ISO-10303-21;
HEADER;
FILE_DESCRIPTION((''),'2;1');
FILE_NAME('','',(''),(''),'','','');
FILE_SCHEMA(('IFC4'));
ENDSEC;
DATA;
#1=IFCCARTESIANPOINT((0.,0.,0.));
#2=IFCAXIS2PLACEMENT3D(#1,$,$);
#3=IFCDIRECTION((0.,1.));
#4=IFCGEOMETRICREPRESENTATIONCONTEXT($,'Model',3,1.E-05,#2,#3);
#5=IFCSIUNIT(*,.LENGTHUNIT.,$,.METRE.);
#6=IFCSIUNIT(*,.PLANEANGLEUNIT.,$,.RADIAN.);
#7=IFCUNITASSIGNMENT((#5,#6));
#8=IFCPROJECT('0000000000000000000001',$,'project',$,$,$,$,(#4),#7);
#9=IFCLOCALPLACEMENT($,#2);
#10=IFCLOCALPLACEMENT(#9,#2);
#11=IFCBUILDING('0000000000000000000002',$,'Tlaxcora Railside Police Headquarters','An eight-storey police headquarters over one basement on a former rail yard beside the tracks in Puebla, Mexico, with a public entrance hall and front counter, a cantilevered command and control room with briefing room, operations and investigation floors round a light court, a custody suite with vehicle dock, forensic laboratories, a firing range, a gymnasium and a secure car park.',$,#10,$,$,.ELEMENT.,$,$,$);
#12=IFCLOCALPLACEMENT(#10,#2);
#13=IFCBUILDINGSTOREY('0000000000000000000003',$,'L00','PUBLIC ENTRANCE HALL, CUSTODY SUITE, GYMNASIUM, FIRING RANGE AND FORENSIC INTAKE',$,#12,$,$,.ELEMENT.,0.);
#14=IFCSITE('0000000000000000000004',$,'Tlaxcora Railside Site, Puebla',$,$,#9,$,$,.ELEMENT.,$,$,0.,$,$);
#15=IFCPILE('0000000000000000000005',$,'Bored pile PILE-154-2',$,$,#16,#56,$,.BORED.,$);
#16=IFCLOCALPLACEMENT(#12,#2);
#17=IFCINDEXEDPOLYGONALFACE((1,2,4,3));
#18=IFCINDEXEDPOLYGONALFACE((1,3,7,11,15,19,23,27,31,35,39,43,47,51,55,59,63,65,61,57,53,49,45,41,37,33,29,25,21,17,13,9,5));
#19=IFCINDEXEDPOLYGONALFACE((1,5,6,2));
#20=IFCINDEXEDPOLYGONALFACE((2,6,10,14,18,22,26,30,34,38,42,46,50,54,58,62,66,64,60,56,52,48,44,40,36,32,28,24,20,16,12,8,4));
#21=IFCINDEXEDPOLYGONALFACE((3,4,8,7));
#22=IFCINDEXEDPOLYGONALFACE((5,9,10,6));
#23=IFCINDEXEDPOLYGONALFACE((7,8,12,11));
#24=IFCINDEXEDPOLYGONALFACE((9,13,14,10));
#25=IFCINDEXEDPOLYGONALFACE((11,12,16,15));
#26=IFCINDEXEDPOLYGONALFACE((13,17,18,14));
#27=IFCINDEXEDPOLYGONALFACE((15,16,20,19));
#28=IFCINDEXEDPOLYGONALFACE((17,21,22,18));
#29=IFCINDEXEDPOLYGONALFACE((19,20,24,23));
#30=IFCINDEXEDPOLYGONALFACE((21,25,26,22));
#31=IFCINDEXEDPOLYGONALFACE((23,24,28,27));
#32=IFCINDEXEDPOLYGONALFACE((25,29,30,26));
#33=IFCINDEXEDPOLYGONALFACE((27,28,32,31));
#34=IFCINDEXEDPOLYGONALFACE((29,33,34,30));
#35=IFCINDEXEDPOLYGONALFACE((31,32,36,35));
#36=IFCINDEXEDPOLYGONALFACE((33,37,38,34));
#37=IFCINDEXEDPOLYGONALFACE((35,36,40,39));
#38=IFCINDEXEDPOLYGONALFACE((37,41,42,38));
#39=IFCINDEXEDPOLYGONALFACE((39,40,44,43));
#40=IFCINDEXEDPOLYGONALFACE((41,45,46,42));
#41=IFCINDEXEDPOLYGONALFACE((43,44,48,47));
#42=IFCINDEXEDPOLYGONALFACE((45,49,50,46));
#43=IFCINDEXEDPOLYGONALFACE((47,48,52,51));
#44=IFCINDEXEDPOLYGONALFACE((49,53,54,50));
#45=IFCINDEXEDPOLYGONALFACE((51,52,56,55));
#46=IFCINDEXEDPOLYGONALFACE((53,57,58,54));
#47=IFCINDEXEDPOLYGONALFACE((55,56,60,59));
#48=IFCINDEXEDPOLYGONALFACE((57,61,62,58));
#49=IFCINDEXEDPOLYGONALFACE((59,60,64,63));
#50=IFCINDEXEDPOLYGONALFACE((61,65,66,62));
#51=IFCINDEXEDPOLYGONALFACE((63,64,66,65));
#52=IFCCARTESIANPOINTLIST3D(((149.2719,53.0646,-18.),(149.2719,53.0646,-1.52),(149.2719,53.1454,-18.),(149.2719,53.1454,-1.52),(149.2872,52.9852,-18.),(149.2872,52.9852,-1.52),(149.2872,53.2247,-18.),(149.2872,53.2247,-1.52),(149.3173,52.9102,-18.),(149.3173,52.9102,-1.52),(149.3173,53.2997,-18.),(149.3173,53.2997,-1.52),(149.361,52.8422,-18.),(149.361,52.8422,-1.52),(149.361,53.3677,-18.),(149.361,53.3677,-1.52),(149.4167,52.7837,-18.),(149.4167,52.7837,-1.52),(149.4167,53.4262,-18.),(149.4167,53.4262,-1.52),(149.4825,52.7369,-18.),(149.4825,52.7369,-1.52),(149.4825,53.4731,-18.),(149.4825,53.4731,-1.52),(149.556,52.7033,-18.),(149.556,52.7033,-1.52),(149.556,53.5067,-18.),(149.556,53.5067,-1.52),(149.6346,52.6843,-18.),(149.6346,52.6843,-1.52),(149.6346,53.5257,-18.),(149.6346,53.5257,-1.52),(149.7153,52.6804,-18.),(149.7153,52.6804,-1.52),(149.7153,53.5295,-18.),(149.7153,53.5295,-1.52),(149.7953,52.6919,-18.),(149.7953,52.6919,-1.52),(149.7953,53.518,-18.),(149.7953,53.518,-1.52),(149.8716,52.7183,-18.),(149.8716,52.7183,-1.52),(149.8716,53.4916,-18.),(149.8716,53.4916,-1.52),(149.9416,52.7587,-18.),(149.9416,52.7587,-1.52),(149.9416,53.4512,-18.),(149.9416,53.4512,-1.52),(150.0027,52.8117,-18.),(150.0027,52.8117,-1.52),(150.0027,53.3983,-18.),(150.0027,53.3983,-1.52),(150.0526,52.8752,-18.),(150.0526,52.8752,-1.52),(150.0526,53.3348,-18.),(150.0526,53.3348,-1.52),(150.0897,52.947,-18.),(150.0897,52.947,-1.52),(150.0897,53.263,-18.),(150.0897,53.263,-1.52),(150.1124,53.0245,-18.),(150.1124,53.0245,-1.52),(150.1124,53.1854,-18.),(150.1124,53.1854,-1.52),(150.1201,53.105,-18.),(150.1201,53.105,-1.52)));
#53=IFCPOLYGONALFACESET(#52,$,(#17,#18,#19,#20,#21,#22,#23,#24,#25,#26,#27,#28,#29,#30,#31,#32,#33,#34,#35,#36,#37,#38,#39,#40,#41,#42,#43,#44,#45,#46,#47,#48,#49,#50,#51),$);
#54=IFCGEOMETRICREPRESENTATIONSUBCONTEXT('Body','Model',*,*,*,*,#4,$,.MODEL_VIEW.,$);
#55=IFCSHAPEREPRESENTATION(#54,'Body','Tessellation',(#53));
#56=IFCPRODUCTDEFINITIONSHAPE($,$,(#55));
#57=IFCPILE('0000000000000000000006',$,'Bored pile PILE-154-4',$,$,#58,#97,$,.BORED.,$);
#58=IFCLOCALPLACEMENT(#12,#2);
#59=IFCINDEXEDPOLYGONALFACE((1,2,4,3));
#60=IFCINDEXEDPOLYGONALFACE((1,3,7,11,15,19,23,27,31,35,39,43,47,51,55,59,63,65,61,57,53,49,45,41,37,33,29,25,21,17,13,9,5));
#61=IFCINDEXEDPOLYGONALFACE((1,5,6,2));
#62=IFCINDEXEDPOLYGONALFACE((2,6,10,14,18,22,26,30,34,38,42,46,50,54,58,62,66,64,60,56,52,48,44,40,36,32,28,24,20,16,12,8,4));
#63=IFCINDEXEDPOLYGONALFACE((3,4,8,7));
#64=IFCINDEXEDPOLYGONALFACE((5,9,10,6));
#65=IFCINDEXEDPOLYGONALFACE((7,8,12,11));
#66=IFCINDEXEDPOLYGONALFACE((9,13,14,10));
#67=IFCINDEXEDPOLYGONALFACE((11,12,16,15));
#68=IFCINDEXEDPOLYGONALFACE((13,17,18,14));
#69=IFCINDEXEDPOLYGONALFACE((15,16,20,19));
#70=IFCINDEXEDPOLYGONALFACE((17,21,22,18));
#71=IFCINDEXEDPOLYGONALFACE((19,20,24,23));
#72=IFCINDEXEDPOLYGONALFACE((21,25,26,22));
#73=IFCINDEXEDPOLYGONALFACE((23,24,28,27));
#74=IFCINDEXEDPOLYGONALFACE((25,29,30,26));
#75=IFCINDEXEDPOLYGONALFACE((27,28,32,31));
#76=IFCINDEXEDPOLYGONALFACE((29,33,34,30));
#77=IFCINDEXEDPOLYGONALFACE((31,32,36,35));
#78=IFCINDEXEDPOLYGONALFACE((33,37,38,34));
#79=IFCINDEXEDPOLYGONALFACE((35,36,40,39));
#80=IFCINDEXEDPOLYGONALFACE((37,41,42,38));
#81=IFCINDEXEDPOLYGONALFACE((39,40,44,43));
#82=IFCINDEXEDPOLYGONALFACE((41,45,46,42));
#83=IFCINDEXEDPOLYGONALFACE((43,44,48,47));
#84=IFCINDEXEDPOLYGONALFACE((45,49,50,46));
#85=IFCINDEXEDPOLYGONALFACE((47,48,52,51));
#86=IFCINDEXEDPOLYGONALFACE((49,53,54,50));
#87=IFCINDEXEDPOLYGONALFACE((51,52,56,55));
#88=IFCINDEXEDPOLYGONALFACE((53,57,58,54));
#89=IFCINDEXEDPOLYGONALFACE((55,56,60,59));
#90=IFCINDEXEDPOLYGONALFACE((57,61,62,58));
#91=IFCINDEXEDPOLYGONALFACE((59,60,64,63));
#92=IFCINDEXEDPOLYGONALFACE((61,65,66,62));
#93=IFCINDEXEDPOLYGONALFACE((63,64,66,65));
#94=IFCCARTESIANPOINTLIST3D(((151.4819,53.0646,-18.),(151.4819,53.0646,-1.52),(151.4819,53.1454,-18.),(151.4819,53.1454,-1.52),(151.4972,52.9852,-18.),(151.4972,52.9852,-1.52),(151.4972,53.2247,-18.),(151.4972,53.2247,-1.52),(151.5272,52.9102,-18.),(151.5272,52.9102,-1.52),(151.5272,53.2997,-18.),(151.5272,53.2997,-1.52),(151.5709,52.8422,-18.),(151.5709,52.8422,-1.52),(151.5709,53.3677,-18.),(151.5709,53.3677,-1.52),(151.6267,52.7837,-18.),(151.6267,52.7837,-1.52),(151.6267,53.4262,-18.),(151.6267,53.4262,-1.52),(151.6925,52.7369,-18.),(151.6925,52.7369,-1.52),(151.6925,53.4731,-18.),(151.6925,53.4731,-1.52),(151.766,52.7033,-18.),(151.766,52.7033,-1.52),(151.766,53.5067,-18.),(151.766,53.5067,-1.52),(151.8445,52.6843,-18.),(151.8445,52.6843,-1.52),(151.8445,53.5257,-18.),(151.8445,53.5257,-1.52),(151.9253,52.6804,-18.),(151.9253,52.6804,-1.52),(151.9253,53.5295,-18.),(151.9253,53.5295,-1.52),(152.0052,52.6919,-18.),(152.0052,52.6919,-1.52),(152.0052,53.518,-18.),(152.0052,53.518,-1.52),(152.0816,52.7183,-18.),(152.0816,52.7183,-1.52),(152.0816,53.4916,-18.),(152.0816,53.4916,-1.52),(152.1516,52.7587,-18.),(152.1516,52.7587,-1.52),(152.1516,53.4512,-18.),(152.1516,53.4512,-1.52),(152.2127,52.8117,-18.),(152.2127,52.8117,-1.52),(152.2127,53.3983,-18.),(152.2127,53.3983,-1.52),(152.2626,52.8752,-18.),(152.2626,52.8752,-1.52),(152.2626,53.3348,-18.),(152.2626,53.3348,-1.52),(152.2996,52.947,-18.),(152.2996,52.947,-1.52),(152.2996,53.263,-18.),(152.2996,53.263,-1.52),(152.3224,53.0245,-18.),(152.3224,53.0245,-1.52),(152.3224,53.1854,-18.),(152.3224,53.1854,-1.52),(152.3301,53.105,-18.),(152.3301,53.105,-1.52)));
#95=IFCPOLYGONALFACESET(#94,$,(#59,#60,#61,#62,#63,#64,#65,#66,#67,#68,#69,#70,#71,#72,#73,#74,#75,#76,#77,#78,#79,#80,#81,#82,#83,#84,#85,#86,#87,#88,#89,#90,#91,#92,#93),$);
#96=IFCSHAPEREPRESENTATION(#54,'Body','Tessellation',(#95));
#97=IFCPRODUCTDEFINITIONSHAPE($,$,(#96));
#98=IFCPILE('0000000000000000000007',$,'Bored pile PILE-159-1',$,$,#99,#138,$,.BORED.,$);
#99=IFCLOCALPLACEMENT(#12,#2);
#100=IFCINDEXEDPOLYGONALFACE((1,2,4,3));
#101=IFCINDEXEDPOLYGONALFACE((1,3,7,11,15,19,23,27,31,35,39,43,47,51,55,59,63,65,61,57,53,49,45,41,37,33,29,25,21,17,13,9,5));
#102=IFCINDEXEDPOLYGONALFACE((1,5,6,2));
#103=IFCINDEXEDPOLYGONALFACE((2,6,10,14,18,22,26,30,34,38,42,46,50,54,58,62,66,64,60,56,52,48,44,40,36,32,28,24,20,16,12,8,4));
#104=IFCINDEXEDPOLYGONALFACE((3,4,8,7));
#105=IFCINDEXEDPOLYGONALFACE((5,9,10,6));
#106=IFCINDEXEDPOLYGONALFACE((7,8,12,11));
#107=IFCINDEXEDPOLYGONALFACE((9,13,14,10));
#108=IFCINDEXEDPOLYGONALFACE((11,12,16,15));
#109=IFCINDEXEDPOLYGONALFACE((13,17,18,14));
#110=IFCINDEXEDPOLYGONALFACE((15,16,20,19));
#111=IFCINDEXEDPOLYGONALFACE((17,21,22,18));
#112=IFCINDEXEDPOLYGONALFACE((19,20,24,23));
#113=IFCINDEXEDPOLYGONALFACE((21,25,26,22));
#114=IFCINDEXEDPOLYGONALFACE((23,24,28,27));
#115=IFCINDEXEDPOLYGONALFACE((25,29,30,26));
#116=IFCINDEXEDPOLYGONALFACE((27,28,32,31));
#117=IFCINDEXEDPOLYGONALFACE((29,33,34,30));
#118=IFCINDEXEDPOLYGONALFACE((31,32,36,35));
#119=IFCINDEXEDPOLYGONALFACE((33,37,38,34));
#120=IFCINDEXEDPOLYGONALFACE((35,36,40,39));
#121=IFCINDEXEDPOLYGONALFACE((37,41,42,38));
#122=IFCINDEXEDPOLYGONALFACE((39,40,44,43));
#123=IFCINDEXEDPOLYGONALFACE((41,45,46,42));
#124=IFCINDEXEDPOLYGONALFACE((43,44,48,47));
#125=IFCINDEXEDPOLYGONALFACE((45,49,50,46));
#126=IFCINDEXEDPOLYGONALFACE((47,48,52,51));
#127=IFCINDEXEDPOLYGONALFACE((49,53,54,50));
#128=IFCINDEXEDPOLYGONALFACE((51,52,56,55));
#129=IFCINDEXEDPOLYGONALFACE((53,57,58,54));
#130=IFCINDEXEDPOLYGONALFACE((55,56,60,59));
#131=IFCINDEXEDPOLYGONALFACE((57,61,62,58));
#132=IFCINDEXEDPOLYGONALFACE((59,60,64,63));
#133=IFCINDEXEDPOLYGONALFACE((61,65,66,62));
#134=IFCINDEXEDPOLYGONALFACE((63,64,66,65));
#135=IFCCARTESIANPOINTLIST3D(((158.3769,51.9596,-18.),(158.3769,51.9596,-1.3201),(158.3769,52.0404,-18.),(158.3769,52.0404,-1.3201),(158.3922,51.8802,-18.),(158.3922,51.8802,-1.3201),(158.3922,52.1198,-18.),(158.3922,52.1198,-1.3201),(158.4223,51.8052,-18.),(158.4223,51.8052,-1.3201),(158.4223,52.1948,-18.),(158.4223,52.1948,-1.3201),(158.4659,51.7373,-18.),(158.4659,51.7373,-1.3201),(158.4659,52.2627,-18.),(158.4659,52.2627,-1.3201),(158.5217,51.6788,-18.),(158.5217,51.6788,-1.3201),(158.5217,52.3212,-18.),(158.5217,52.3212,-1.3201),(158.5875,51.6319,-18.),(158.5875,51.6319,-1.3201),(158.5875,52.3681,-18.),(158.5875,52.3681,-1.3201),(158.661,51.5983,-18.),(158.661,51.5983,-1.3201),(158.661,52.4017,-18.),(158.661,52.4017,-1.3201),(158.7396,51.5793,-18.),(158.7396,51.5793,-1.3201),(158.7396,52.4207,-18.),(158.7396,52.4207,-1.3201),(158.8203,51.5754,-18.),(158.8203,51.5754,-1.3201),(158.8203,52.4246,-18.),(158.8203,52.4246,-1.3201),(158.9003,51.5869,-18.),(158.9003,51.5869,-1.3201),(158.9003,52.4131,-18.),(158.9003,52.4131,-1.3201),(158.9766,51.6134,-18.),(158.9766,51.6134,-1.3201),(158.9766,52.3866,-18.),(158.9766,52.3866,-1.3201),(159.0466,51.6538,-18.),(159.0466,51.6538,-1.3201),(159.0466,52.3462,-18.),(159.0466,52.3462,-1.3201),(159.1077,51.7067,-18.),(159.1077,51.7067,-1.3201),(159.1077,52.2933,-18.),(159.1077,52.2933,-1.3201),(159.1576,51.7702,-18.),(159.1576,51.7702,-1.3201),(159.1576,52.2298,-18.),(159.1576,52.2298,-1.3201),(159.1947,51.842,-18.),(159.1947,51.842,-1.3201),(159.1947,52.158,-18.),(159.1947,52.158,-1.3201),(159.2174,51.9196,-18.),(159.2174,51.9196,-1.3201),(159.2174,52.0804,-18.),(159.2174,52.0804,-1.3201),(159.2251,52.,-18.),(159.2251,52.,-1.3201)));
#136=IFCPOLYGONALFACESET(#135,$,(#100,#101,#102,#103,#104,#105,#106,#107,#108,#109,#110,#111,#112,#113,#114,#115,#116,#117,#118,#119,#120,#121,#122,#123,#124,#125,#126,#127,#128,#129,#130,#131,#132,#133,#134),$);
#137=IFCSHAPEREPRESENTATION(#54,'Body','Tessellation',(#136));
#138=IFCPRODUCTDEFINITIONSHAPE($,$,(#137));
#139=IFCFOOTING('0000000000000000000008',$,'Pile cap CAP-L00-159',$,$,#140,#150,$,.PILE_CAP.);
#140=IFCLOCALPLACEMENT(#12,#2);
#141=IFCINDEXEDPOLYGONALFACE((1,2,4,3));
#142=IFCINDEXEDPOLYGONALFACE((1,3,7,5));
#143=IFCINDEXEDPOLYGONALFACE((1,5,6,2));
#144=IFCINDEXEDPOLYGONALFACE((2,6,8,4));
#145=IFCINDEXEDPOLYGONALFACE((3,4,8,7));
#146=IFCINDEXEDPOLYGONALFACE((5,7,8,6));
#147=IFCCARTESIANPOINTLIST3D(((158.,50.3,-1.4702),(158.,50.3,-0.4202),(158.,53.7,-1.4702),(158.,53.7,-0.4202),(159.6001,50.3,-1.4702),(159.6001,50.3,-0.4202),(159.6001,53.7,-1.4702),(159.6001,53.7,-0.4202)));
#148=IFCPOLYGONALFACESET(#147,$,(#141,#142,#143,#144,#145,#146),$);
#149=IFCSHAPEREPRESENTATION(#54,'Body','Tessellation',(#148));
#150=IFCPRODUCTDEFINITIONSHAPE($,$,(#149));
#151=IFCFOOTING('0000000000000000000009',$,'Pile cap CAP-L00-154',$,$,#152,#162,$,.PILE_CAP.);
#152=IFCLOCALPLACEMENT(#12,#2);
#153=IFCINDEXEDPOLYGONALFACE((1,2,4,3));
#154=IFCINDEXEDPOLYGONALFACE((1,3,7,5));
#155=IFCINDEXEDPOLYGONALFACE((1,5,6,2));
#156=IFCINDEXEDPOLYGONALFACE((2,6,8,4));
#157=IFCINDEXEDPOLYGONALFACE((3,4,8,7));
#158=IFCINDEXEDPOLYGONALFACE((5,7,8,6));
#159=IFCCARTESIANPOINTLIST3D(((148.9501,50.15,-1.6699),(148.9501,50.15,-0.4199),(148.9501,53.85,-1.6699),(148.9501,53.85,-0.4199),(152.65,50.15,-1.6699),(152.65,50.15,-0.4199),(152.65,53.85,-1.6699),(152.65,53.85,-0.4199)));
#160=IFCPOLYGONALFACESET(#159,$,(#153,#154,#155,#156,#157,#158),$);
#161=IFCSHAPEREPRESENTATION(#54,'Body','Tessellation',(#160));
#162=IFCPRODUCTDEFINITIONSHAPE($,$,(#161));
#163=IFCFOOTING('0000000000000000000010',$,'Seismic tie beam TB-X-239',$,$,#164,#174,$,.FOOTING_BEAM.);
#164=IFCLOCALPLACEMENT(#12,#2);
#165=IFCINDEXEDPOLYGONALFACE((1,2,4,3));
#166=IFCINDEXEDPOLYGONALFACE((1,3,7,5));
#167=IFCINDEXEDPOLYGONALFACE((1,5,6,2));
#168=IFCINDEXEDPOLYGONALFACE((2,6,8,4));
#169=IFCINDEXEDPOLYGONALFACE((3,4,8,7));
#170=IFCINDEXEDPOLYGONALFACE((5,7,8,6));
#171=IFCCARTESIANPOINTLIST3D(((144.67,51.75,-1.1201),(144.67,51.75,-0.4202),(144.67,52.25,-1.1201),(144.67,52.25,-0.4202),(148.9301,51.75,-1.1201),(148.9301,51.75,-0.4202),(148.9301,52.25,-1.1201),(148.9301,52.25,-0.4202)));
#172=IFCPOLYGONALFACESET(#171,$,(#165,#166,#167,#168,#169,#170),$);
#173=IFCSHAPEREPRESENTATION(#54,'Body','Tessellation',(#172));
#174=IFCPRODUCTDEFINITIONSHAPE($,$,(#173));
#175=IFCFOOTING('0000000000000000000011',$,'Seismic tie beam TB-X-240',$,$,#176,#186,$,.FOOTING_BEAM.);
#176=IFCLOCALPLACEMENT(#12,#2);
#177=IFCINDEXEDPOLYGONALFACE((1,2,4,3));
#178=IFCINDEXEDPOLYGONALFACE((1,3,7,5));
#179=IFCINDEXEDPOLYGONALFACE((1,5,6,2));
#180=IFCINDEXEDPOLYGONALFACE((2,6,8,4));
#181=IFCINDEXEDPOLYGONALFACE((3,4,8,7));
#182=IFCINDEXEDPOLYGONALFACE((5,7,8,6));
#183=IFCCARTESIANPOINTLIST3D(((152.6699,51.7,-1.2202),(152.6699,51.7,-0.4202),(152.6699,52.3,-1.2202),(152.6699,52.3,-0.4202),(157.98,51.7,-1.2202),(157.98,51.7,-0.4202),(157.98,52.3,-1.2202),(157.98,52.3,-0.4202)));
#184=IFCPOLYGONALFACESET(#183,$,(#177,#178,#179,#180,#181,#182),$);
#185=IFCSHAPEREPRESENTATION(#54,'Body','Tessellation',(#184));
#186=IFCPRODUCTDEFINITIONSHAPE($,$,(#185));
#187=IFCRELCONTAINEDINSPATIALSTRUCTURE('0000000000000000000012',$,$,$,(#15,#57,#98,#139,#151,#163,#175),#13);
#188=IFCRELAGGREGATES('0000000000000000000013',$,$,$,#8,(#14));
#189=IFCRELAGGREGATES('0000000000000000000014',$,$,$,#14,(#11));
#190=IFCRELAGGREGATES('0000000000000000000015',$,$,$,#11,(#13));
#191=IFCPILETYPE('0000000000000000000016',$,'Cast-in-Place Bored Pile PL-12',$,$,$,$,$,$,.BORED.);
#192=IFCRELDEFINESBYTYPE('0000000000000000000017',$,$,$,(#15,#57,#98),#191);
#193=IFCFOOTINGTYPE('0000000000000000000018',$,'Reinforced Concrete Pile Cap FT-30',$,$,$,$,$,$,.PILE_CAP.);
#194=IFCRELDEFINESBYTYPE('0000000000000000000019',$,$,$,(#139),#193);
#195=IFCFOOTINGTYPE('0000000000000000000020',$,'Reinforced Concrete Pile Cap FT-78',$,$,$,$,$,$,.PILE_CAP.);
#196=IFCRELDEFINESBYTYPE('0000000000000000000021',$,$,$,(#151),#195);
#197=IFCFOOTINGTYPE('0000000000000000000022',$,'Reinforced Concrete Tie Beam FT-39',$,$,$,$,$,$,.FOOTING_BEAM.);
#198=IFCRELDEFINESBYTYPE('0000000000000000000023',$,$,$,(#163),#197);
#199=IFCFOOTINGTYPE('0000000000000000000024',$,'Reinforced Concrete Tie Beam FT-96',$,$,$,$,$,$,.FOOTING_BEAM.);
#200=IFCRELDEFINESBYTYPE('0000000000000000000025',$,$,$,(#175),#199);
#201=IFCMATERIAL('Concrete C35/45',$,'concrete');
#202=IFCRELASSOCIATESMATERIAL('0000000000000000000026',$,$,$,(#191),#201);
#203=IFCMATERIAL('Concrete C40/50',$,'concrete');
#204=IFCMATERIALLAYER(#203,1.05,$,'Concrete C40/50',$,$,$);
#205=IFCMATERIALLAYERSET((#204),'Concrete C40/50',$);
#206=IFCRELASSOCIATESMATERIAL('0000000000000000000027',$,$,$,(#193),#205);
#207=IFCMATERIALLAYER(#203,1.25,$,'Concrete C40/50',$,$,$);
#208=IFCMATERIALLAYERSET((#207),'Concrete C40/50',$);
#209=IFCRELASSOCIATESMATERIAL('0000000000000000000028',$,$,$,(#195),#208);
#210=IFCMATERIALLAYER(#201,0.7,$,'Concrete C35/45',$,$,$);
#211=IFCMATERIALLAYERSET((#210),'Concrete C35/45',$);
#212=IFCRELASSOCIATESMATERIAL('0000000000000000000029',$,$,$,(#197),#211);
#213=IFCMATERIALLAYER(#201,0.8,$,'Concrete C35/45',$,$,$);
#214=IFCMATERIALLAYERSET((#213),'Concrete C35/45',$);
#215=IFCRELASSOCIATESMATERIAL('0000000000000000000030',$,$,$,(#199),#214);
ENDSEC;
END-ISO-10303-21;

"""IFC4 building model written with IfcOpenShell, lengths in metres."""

from ifc_helpers import new_model, si_unit, direction, frame, origin, origin_2d, place, context, subcontext, project, spatial, rectangle, circle, extrude, material, layer, layer_set, material_profile, profile_set, type_object, element, save


model = new_model("IFC4")

# Units and contexts
model_context = context("Model", 3, precision=1e-05, world=origin(), true_north=direction((0.0, 1.0)))
body_context = subcontext(model_context, "Body", "Model", "MODEL_VIEW")
ifc_project = project(units=[si_unit("LENGTHUNIT", "METRE"), si_unit("PLANEANGLEUNIT", "RADIAN")], contexts=[model_context])

# Site, building, storey
site_placement = place(None, origin())
site = spatial("IfcSite", under=ifc_project, at=site_placement, Name="Tlaxcora Railside Site, Puebla", CompositionType="ELEMENT", RefElevation=0.0)
building_placement = place(site_placement, origin())
building = spatial("IfcBuilding", under=site, at=building_placement, Name="Tlaxcora Railside Police Headquarters", Description="An eight-storey police headquarters over one basement on a former rail yard beside the tracks in Puebla, Mexico, with a public entrance hall and front counter, a cantilevered command and control room with briefing room, operations and investigation floors round a light court, a custody suite with vehicle dock, forensic laboratories, a firing range, a gymnasium and a secure car park.", CompositionType="ELEMENT")
storey_placement = place(building_placement, origin())
storey = spatial("IfcBuildingStorey", under=building, at=storey_placement, Name="L00", Description="PUBLIC ENTRANCE HALL, CUSTODY SUITE, GYMNASIUM, FIRING RANGE AND FORENSIC INTAKE", CompositionType="ELEMENT", Elevation=0.0)

# Piles
ifc_material_1 = material(Name="Concrete C35/45", Category="concrete")
ifc_material_profile_1 = material_profile(ifc_material_1, circle(Radius=0.425, at=origin_2d()), Name="PILE850")
ifc_profile_set_1 = profile_set([ifc_material_profile_1], Name="Concrete C35/45")
pile_type = type_object("IfcPileType", Name="Cast-in-Place Bored Pile PL-12", PredefinedType="BORED", material=ifc_profile_set_1)
for number, where, z_axis, x_axis, name in (
    (1, (149.6951, 53.105, -1.52), (0.0, 0.0, -1.0), (1.0, 0.0, 0.0), "Bored pile PILE-154-2"),
    (2, (151.905, 53.105, -1.52), (0.0, 0.0, -1.0), (1.0, 0.0, 0.0), "Bored pile PILE-154-4"),
):
    element("IfcPile", number, at=place(storey_placement, frame(where, z_axis=z_axis, x_axis=x_axis)), inside=storey, type_object=pile_type, Name=name, PredefinedType="BORED", context=body_context, shape_type="SweptSolid", body=[
        extrude(circle(Radius=0.425, at=origin_2d()), origin(), (0.0, 0.0, 1.0), 16.48),
    ])
pile_placement = place(storey_placement, frame((158.8, 52.0, -1.3201), z_axis=(0.0, 0.0, -1.0), x_axis=(1.0, 0.0, 0.0)))
element("IfcPile", 3, at=pile_placement, inside=storey, type_object=pile_type, Name="Bored pile PILE-159-1", PredefinedType="BORED", context=body_context, shape_type="SweptSolid", body=[
    extrude(circle(Radius=0.425, at=origin_2d()), origin(), (0.0, 0.0, 1.0), 16.6799),
])

# Footings
ifc_material_2 = material(Name="Concrete C40/50", Category="concrete")
ifc_layer_1 = layer(ifc_material_2, 1.05, Name="Concrete C40/50")
ifc_layer_set_1 = layer_set([ifc_layer_1], Name="Concrete C40/50")
footing_type_1 = type_object("IfcFootingType", Name="Reinforced Concrete Pile Cap FT-30", PredefinedType="PILE_CAP", material=ifc_layer_set_1)
footing_1_placement = place(storey_placement, frame((158.8, 52.0, -1.4702), z_axis=(0.0, 0.0, 1.0), x_axis=(1.0, 0.0, 0.0)))
element("IfcFooting", 4, at=footing_1_placement, inside=storey, type_object=footing_type_1, Name="Pile cap CAP-L00-159", PredefinedType="PILE_CAP", context=body_context, shape_type="SweptSolid", body=[
    extrude(rectangle(XDim=1.6001, YDim=3.3999, at=origin_2d()), origin(), (0.0, 0.0, 1.0), 1.05),
])
ifc_layer_2 = layer(ifc_material_2, 1.25, Name="Concrete C40/50")
ifc_layer_set_2 = layer_set([ifc_layer_2], Name="Concrete C40/50")
footing_type_2 = type_object("IfcFootingType", Name="Reinforced Concrete Pile Cap FT-78", PredefinedType="PILE_CAP", material=ifc_layer_set_2)
footing_2_placement = place(storey_placement, frame((150.8, 52.0, -1.6699), z_axis=(0.0, 0.0, 1.0), x_axis=(1.0, 0.0, 0.0)))
element("IfcFooting", 5, at=footing_2_placement, inside=storey, type_object=footing_type_2, Name="Pile cap CAP-L00-154", PredefinedType="PILE_CAP", context=body_context, shape_type="SweptSolid", body=[
    extrude(rectangle(XDim=3.7, YDim=3.7, at=origin_2d()), origin(), (0.0, 0.0, 1.0), 1.25),
])
ifc_layer_3 = layer(ifc_material_1, 0.7, Name="Concrete C35/45")
ifc_layer_set_3 = layer_set([ifc_layer_3], Name="Concrete C35/45")
footing_type_3 = type_object("IfcFootingType", Name="Reinforced Concrete Tie Beam FT-39", PredefinedType="FOOTING_BEAM", material=ifc_layer_set_3)
footing_3_placement = place(storey_placement, frame((146.8, 52.0, -1.1201), z_axis=(0.0, 0.0, 1.0), x_axis=(1.0, 0.0, 0.0)))
element("IfcFooting", 6, at=footing_3_placement, inside=storey, type_object=footing_type_3, Name="Seismic tie beam TB-X-239", PredefinedType="FOOTING_BEAM", context=body_context, shape_type="SweptSolid", body=[
    extrude(rectangle(XDim=4.26, YDim=0.5, at=origin_2d()), origin(), (0.0, 0.0, 1.0), 0.7),
])
ifc_layer_4 = layer(ifc_material_1, 0.8, Name="Concrete C35/45")
ifc_layer_set_4 = layer_set([ifc_layer_4], Name="Concrete C35/45")
footing_type_4 = type_object("IfcFootingType", Name="Reinforced Concrete Tie Beam FT-96", PredefinedType="FOOTING_BEAM", material=ifc_layer_set_4)
footing_4_placement = place(storey_placement, frame((155.325, 52.0, -1.2202), z_axis=(0.0, 0.0, 1.0), x_axis=(1.0, 0.0, 0.0)))
element("IfcFooting", 7, at=footing_4_placement, inside=storey, type_object=footing_type_4, Name="Seismic tie beam TB-X-240", PredefinedType="FOOTING_BEAM", context=body_context, shape_type="SweptSolid", body=[
    extrude(rectangle(XDim=5.3101, YDim=0.6001, at=origin_2d()), origin(), (0.0, 0.0, 1.0), 0.8),
])

save(model, "model.ifc")
